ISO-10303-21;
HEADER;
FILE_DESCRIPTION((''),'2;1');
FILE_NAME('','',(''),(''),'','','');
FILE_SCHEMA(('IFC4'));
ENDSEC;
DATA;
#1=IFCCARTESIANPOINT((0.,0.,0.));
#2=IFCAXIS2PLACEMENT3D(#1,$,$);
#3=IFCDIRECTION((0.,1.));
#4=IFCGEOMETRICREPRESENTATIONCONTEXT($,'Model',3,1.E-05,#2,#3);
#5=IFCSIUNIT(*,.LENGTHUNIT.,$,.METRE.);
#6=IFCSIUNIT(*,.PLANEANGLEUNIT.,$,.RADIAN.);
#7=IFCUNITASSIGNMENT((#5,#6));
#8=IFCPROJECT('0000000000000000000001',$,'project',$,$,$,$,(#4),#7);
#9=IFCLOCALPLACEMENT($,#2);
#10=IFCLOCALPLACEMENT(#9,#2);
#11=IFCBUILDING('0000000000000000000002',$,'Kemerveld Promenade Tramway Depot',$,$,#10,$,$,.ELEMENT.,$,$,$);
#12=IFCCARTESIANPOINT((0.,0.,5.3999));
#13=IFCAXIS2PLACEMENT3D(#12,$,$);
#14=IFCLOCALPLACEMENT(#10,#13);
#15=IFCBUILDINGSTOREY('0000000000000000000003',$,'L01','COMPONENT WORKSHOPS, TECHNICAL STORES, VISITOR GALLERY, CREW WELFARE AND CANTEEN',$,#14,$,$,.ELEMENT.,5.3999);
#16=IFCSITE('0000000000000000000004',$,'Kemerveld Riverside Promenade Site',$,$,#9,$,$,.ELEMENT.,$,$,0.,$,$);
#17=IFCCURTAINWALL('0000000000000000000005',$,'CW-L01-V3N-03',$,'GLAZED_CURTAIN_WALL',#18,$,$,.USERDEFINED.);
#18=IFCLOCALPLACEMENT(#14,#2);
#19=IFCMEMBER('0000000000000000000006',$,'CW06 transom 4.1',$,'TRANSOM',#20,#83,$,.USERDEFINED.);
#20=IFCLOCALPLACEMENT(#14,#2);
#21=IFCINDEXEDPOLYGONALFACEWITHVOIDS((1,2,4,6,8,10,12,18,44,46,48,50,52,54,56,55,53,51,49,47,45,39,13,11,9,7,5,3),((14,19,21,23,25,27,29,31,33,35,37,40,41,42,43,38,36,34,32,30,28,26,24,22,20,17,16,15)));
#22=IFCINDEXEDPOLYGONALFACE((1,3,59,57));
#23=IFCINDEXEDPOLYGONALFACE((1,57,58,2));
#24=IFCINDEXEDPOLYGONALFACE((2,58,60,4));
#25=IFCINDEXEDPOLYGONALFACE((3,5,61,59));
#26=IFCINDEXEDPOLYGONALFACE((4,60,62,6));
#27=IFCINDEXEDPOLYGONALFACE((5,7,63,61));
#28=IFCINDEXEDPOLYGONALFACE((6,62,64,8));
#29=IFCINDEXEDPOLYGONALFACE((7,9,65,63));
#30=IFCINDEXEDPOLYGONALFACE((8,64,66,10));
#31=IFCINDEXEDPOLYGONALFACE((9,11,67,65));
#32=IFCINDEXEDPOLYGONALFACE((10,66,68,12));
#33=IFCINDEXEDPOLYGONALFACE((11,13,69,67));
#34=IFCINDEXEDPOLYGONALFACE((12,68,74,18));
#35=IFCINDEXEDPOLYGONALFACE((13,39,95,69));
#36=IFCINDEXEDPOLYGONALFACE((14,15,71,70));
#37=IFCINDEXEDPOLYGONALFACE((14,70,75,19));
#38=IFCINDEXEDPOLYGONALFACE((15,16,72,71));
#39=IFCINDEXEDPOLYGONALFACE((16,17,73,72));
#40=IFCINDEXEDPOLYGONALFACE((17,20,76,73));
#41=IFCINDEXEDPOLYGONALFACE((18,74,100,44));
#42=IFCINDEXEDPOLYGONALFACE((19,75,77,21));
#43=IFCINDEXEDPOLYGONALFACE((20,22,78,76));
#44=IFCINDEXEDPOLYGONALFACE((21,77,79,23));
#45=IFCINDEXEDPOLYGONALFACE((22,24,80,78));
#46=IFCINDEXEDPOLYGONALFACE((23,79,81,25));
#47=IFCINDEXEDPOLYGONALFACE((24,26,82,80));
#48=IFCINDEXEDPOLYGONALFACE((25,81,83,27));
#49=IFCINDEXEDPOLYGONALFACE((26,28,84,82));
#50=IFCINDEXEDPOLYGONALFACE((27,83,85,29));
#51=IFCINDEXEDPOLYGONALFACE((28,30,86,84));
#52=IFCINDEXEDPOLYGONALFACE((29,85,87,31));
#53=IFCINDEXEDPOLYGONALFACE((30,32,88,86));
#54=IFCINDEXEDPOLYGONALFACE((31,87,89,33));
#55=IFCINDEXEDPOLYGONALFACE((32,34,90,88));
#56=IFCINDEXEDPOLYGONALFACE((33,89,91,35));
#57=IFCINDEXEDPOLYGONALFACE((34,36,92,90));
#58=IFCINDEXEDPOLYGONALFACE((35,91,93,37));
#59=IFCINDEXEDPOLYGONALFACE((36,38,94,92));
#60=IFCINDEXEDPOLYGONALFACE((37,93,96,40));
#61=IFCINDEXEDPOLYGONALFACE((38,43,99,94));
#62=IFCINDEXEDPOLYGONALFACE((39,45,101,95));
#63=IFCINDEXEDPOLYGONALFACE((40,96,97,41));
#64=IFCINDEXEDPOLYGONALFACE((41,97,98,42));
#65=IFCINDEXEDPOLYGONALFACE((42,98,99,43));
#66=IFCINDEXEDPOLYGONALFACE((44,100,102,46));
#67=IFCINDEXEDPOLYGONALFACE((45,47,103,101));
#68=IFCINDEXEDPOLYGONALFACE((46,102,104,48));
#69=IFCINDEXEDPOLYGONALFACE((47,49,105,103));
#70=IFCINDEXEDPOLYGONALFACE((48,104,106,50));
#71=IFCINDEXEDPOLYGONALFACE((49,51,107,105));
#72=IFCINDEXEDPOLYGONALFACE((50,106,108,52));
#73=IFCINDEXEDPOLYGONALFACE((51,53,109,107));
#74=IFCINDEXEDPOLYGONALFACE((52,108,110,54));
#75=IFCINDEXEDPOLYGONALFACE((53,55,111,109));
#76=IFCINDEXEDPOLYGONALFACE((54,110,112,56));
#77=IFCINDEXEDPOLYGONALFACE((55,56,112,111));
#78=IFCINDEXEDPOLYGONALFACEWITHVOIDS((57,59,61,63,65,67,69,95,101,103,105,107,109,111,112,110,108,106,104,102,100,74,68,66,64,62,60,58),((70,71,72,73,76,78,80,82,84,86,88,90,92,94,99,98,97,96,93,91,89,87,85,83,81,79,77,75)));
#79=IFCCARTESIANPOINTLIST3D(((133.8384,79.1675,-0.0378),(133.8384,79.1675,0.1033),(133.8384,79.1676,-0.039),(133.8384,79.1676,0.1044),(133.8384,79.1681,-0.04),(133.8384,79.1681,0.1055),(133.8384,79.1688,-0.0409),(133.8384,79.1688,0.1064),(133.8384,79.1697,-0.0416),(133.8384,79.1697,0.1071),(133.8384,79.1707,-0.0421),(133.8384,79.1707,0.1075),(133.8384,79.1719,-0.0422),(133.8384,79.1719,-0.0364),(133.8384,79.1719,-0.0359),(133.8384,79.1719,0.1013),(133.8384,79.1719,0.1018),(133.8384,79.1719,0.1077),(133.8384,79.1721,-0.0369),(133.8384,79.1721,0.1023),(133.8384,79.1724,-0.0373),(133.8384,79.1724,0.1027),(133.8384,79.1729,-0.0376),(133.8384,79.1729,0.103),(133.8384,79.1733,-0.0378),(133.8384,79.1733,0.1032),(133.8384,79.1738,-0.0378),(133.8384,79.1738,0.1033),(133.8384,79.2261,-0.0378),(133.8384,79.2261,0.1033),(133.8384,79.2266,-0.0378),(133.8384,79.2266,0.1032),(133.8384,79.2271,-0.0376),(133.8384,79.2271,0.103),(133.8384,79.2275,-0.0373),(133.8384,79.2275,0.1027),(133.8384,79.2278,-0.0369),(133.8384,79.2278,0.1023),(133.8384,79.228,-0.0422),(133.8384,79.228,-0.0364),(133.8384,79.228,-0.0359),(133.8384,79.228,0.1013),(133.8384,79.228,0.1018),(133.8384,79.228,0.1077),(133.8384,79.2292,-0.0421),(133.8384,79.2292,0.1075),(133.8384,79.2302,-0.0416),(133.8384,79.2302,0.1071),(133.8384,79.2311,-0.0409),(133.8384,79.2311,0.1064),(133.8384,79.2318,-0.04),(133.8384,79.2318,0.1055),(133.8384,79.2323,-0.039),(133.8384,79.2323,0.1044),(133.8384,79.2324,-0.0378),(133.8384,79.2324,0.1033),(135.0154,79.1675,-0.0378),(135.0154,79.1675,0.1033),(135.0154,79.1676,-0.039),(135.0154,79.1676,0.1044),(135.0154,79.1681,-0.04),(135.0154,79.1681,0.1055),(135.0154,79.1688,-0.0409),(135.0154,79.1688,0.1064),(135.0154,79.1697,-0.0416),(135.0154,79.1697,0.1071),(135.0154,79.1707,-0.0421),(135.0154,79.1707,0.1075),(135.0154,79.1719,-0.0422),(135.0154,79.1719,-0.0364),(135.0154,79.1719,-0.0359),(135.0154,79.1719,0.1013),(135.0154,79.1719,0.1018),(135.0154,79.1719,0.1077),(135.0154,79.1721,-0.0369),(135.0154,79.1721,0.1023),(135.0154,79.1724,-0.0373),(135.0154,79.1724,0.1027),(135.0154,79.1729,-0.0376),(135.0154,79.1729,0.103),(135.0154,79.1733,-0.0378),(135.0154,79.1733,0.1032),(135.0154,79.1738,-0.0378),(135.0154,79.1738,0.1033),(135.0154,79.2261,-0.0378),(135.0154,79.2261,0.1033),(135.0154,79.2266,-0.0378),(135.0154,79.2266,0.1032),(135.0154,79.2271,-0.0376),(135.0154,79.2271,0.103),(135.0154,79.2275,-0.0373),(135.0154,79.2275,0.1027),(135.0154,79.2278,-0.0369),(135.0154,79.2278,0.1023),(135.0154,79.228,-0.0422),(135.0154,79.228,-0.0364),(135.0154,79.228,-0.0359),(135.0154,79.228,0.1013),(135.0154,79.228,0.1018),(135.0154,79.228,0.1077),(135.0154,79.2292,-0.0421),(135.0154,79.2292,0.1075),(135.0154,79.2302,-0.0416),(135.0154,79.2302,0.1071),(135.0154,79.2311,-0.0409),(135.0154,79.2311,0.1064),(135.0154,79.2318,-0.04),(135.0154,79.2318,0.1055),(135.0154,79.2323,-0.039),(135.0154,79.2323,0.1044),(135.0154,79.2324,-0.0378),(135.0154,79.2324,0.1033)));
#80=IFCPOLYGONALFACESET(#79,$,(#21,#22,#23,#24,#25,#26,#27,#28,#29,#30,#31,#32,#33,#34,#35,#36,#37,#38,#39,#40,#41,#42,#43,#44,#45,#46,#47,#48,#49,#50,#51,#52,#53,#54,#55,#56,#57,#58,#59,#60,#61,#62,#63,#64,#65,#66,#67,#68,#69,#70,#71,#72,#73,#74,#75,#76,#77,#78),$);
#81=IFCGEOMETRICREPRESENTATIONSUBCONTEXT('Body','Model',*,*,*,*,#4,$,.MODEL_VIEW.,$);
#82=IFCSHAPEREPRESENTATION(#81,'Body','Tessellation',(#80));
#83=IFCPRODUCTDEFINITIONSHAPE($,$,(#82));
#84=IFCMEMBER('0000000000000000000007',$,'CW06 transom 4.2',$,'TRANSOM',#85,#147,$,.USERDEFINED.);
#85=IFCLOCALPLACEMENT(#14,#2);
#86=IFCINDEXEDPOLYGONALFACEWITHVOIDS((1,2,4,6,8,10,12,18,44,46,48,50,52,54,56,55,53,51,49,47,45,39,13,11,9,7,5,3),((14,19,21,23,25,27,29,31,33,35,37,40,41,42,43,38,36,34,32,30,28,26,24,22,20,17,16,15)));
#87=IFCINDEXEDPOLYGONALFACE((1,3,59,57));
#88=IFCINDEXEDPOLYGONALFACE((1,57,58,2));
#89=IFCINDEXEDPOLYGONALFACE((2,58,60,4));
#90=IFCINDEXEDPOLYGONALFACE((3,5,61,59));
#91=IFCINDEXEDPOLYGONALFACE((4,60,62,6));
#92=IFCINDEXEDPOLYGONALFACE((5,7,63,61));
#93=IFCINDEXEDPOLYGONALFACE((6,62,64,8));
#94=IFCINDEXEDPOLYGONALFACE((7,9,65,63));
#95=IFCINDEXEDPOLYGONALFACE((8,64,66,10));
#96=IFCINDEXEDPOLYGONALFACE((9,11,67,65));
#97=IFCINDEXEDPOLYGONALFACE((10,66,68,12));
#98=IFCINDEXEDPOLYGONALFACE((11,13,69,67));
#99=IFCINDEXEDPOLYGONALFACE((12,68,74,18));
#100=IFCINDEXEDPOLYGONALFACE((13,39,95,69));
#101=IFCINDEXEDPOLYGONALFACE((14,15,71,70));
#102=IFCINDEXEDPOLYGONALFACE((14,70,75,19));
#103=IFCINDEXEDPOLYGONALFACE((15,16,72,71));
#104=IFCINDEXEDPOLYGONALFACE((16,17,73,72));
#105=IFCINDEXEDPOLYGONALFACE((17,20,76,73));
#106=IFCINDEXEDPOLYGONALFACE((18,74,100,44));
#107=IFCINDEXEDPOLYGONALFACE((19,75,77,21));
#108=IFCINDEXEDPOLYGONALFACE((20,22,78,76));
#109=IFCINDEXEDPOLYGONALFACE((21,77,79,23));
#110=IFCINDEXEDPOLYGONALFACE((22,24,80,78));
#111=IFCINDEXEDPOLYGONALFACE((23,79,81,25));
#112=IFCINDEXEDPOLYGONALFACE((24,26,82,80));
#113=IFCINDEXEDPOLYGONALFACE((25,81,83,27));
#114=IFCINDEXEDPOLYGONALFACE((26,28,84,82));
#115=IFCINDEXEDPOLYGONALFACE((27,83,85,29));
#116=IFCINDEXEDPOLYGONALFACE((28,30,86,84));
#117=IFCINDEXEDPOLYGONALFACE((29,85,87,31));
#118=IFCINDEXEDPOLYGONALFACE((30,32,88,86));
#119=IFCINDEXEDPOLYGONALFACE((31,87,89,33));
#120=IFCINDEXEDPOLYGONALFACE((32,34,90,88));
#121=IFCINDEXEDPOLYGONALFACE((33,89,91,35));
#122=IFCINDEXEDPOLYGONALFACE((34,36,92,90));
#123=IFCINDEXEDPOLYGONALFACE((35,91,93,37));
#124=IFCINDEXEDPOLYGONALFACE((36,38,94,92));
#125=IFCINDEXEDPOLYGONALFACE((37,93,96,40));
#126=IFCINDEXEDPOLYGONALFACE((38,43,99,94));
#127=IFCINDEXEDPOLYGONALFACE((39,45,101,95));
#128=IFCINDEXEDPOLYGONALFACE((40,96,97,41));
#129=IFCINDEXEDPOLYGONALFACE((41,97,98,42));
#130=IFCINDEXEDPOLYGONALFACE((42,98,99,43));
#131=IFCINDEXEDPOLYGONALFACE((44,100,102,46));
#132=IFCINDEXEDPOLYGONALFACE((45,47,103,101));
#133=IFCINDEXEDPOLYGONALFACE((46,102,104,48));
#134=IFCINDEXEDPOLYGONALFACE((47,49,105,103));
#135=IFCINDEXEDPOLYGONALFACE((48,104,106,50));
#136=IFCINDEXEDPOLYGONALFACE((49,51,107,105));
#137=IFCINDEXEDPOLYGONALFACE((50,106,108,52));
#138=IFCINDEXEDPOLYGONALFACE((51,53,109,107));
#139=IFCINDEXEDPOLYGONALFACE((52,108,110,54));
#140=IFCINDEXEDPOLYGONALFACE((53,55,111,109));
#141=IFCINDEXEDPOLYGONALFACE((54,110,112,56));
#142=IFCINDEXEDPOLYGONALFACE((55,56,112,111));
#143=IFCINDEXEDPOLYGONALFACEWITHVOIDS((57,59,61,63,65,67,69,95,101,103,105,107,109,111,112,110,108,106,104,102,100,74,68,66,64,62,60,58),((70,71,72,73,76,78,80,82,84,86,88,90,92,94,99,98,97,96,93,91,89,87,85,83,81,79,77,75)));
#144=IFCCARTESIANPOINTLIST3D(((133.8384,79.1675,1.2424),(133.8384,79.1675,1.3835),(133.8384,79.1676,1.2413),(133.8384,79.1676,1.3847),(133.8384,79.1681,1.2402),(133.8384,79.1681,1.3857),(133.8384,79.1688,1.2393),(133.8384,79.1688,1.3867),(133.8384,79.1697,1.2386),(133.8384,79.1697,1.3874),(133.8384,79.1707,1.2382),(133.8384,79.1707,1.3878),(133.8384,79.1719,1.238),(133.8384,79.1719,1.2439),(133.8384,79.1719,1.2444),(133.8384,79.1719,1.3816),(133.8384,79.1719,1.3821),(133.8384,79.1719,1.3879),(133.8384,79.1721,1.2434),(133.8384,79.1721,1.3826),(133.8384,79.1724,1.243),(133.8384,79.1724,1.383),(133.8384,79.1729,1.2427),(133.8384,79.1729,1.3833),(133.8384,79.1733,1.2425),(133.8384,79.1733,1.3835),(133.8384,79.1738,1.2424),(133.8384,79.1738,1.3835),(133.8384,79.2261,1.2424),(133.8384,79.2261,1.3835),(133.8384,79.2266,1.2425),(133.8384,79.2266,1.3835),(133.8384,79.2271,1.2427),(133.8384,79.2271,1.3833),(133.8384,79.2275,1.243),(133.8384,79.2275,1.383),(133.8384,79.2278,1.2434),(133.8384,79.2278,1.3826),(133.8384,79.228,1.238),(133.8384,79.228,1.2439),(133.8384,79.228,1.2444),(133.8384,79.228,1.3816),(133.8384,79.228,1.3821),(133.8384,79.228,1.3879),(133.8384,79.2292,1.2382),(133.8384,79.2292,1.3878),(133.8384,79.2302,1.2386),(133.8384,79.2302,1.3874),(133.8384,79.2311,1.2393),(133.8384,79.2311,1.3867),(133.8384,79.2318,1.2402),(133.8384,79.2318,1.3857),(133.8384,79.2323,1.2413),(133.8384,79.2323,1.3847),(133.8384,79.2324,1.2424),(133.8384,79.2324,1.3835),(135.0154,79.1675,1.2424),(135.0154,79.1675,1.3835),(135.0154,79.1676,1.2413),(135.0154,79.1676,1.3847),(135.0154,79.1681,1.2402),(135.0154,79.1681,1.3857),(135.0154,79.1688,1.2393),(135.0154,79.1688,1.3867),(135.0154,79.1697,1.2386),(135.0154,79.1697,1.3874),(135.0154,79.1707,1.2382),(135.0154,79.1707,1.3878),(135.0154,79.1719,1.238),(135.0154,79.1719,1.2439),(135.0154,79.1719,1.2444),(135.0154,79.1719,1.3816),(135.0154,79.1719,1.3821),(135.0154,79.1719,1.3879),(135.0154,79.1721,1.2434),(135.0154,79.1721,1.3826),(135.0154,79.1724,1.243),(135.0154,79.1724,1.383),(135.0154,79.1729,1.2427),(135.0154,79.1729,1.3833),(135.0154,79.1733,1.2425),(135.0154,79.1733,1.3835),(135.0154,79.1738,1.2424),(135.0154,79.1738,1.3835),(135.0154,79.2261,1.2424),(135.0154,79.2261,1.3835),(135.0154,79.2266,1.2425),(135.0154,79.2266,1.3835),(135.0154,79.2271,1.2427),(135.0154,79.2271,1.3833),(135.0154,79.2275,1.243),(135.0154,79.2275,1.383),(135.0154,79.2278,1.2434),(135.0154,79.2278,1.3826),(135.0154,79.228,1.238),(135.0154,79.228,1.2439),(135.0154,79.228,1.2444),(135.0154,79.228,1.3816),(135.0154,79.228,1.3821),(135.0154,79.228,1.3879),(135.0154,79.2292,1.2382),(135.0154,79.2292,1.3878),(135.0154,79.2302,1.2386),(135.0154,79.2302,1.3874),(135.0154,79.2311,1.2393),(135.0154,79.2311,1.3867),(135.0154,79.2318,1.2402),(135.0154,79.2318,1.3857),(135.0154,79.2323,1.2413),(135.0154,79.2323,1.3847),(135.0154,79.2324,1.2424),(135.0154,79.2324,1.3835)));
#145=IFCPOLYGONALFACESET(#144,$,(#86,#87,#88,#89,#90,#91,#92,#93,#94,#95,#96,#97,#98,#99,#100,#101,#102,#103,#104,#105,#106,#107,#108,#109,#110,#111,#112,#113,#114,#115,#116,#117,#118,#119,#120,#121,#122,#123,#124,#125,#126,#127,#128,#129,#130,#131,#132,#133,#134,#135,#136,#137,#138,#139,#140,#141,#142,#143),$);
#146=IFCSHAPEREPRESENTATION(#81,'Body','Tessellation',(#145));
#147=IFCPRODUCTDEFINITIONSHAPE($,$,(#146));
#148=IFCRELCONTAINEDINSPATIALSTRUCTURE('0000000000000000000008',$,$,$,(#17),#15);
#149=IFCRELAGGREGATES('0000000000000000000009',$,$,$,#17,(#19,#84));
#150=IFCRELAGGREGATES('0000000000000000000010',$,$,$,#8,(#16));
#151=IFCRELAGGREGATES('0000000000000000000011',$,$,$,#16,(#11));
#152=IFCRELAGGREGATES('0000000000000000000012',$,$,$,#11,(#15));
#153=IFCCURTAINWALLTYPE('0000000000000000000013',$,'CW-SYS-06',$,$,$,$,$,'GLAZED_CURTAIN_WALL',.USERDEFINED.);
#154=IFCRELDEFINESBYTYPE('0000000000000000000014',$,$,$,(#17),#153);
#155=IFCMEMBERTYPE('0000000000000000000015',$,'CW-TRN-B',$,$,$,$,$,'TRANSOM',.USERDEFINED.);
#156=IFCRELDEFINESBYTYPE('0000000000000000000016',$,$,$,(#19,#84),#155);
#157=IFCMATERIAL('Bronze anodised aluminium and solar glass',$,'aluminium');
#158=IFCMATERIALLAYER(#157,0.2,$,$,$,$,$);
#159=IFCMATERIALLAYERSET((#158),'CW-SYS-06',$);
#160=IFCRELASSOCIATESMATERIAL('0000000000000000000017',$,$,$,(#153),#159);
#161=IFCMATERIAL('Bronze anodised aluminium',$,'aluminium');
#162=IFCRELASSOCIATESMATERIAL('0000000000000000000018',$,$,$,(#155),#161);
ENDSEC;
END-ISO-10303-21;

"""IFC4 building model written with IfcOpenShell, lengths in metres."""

from ifc_helpers import new_model, si_unit, direction, frame, origin, origin_2d, place, context, subcontext, project, spatial, hollow_rectangle, extrude, material, layer, layer_set, material_profile, profile_set, type_object, element, aggregate, save


model = new_model("IFC4")

# Units and contexts
model_context = context("Model", 3, precision=1e-05, world=origin(), true_north=direction((0.0, 1.0)))
body_context = subcontext(model_context, "Body", "Model", "MODEL_VIEW")
ifc_project = project(units=[si_unit("LENGTHUNIT", "METRE"), si_unit("PLANEANGLEUNIT", "RADIAN")], contexts=[model_context])

# Site, building, storey
site_placement = place(None, origin())
site = spatial("IfcSite", under=ifc_project, at=site_placement, Name="Kemerveld Riverside Promenade Site", CompositionType="ELEMENT", RefElevation=0.0)
building_placement = place(site_placement, origin())
building = spatial("IfcBuilding", under=site, at=building_placement, Name="Kemerveld Promenade Tramway Depot", CompositionType="ELEMENT")
storey_placement = place(building_placement, frame((0.0, 0.0, 5.3999)))
storey = spatial("IfcBuildingStorey", under=building, at=storey_placement, Name="L01", Description="COMPONENT WORKSHOPS, TECHNICAL STORES, VISITOR GALLERY, CREW WELFARE AND CANTEEN", CompositionType="ELEMENT", Elevation=5.3999)

# Curtain wall
ifc_material_1 = material(Name="Bronze anodised aluminium and solar glass", Category="aluminium")
ifc_layer_1 = layer(ifc_material_1, 0.2)
ifc_layer_set_1 = layer_set([ifc_layer_1], Name="CW-SYS-06")
curtain_wall_type_1 = type_object("IfcCurtainWallType", Name="CW-SYS-06", ElementType="GLAZED_CURTAIN_WALL", PredefinedType="USERDEFINED", material=ifc_layer_set_1)
curtain_wall_1_placement = place(storey_placement, origin())
curtain_wall_1 = element("IfcCurtainWall", 1, at=curtain_wall_1_placement, inside=storey, type_object=curtain_wall_type_1, Name="CW-L01-V3N-03", ObjectType="GLAZED_CURTAIN_WALL", PredefinedType="USERDEFINED")
ifc_material_2 = material(Name="Bronze anodised aluminium", Category="aluminium")

# Members
ifc_material_profile_1 = material_profile(ifc_material_2, hollow_rectangle(XDim=0.0649, YDim=0.1499, WallThickness=0.0044, InnerFilletRadius=0.002, OuterFilletRadius=0.0044, at=origin_2d()), Name="CW-TRN-150x65")
ifc_profile_set_1 = profile_set([ifc_material_profile_1], Name="Bronze anodised aluminium")
member_type_1 = type_object("IfcMemberType", Name="CW-TRN-B", ElementType="TRANSOM", PredefinedType="USERDEFINED", material=ifc_profile_set_1)
member_1_placement = place(storey_placement, frame((133.8384, 79.2, 0.0327), z_axis=(1.0, 0.0, 0.0), x_axis=(0.0, 1.0, 0.0)))
member_1 = element("IfcMember", 2, at=member_1_placement, type_object=member_type_1, Name="CW06 transom 4.1", ObjectType="TRANSOM", PredefinedType="USERDEFINED", context=body_context, shape_type="SweptSolid", body=[
    extrude(hollow_rectangle(XDim=0.0649, YDim=0.1499, WallThickness=0.0044, InnerFilletRadius=0.002, OuterFilletRadius=0.0044, at=origin_2d()), origin(), (0.0, 0.0, 1.0), 1.177),
])
member_2_placement = place(storey_placement, frame((133.8384, 79.2, 1.313), z_axis=(1.0, 0.0, 0.0), x_axis=(0.0, 1.0, 0.0)))
member_2 = element("IfcMember", 3, at=member_2_placement, type_object=member_type_1, Name="CW06 transom 4.2", ObjectType="TRANSOM", PredefinedType="USERDEFINED", context=body_context, shape_type="SweptSolid", body=[
    extrude(hollow_rectangle(XDim=0.0649, YDim=0.1499, WallThickness=0.0044, InnerFilletRadius=0.002, OuterFilletRadius=0.0044, at=origin_2d()), origin(), (0.0, 0.0, 1.0), 1.177),
])

aggregate(curtain_wall_1, [member_1, member_2])

save(model, "model.ifc")
